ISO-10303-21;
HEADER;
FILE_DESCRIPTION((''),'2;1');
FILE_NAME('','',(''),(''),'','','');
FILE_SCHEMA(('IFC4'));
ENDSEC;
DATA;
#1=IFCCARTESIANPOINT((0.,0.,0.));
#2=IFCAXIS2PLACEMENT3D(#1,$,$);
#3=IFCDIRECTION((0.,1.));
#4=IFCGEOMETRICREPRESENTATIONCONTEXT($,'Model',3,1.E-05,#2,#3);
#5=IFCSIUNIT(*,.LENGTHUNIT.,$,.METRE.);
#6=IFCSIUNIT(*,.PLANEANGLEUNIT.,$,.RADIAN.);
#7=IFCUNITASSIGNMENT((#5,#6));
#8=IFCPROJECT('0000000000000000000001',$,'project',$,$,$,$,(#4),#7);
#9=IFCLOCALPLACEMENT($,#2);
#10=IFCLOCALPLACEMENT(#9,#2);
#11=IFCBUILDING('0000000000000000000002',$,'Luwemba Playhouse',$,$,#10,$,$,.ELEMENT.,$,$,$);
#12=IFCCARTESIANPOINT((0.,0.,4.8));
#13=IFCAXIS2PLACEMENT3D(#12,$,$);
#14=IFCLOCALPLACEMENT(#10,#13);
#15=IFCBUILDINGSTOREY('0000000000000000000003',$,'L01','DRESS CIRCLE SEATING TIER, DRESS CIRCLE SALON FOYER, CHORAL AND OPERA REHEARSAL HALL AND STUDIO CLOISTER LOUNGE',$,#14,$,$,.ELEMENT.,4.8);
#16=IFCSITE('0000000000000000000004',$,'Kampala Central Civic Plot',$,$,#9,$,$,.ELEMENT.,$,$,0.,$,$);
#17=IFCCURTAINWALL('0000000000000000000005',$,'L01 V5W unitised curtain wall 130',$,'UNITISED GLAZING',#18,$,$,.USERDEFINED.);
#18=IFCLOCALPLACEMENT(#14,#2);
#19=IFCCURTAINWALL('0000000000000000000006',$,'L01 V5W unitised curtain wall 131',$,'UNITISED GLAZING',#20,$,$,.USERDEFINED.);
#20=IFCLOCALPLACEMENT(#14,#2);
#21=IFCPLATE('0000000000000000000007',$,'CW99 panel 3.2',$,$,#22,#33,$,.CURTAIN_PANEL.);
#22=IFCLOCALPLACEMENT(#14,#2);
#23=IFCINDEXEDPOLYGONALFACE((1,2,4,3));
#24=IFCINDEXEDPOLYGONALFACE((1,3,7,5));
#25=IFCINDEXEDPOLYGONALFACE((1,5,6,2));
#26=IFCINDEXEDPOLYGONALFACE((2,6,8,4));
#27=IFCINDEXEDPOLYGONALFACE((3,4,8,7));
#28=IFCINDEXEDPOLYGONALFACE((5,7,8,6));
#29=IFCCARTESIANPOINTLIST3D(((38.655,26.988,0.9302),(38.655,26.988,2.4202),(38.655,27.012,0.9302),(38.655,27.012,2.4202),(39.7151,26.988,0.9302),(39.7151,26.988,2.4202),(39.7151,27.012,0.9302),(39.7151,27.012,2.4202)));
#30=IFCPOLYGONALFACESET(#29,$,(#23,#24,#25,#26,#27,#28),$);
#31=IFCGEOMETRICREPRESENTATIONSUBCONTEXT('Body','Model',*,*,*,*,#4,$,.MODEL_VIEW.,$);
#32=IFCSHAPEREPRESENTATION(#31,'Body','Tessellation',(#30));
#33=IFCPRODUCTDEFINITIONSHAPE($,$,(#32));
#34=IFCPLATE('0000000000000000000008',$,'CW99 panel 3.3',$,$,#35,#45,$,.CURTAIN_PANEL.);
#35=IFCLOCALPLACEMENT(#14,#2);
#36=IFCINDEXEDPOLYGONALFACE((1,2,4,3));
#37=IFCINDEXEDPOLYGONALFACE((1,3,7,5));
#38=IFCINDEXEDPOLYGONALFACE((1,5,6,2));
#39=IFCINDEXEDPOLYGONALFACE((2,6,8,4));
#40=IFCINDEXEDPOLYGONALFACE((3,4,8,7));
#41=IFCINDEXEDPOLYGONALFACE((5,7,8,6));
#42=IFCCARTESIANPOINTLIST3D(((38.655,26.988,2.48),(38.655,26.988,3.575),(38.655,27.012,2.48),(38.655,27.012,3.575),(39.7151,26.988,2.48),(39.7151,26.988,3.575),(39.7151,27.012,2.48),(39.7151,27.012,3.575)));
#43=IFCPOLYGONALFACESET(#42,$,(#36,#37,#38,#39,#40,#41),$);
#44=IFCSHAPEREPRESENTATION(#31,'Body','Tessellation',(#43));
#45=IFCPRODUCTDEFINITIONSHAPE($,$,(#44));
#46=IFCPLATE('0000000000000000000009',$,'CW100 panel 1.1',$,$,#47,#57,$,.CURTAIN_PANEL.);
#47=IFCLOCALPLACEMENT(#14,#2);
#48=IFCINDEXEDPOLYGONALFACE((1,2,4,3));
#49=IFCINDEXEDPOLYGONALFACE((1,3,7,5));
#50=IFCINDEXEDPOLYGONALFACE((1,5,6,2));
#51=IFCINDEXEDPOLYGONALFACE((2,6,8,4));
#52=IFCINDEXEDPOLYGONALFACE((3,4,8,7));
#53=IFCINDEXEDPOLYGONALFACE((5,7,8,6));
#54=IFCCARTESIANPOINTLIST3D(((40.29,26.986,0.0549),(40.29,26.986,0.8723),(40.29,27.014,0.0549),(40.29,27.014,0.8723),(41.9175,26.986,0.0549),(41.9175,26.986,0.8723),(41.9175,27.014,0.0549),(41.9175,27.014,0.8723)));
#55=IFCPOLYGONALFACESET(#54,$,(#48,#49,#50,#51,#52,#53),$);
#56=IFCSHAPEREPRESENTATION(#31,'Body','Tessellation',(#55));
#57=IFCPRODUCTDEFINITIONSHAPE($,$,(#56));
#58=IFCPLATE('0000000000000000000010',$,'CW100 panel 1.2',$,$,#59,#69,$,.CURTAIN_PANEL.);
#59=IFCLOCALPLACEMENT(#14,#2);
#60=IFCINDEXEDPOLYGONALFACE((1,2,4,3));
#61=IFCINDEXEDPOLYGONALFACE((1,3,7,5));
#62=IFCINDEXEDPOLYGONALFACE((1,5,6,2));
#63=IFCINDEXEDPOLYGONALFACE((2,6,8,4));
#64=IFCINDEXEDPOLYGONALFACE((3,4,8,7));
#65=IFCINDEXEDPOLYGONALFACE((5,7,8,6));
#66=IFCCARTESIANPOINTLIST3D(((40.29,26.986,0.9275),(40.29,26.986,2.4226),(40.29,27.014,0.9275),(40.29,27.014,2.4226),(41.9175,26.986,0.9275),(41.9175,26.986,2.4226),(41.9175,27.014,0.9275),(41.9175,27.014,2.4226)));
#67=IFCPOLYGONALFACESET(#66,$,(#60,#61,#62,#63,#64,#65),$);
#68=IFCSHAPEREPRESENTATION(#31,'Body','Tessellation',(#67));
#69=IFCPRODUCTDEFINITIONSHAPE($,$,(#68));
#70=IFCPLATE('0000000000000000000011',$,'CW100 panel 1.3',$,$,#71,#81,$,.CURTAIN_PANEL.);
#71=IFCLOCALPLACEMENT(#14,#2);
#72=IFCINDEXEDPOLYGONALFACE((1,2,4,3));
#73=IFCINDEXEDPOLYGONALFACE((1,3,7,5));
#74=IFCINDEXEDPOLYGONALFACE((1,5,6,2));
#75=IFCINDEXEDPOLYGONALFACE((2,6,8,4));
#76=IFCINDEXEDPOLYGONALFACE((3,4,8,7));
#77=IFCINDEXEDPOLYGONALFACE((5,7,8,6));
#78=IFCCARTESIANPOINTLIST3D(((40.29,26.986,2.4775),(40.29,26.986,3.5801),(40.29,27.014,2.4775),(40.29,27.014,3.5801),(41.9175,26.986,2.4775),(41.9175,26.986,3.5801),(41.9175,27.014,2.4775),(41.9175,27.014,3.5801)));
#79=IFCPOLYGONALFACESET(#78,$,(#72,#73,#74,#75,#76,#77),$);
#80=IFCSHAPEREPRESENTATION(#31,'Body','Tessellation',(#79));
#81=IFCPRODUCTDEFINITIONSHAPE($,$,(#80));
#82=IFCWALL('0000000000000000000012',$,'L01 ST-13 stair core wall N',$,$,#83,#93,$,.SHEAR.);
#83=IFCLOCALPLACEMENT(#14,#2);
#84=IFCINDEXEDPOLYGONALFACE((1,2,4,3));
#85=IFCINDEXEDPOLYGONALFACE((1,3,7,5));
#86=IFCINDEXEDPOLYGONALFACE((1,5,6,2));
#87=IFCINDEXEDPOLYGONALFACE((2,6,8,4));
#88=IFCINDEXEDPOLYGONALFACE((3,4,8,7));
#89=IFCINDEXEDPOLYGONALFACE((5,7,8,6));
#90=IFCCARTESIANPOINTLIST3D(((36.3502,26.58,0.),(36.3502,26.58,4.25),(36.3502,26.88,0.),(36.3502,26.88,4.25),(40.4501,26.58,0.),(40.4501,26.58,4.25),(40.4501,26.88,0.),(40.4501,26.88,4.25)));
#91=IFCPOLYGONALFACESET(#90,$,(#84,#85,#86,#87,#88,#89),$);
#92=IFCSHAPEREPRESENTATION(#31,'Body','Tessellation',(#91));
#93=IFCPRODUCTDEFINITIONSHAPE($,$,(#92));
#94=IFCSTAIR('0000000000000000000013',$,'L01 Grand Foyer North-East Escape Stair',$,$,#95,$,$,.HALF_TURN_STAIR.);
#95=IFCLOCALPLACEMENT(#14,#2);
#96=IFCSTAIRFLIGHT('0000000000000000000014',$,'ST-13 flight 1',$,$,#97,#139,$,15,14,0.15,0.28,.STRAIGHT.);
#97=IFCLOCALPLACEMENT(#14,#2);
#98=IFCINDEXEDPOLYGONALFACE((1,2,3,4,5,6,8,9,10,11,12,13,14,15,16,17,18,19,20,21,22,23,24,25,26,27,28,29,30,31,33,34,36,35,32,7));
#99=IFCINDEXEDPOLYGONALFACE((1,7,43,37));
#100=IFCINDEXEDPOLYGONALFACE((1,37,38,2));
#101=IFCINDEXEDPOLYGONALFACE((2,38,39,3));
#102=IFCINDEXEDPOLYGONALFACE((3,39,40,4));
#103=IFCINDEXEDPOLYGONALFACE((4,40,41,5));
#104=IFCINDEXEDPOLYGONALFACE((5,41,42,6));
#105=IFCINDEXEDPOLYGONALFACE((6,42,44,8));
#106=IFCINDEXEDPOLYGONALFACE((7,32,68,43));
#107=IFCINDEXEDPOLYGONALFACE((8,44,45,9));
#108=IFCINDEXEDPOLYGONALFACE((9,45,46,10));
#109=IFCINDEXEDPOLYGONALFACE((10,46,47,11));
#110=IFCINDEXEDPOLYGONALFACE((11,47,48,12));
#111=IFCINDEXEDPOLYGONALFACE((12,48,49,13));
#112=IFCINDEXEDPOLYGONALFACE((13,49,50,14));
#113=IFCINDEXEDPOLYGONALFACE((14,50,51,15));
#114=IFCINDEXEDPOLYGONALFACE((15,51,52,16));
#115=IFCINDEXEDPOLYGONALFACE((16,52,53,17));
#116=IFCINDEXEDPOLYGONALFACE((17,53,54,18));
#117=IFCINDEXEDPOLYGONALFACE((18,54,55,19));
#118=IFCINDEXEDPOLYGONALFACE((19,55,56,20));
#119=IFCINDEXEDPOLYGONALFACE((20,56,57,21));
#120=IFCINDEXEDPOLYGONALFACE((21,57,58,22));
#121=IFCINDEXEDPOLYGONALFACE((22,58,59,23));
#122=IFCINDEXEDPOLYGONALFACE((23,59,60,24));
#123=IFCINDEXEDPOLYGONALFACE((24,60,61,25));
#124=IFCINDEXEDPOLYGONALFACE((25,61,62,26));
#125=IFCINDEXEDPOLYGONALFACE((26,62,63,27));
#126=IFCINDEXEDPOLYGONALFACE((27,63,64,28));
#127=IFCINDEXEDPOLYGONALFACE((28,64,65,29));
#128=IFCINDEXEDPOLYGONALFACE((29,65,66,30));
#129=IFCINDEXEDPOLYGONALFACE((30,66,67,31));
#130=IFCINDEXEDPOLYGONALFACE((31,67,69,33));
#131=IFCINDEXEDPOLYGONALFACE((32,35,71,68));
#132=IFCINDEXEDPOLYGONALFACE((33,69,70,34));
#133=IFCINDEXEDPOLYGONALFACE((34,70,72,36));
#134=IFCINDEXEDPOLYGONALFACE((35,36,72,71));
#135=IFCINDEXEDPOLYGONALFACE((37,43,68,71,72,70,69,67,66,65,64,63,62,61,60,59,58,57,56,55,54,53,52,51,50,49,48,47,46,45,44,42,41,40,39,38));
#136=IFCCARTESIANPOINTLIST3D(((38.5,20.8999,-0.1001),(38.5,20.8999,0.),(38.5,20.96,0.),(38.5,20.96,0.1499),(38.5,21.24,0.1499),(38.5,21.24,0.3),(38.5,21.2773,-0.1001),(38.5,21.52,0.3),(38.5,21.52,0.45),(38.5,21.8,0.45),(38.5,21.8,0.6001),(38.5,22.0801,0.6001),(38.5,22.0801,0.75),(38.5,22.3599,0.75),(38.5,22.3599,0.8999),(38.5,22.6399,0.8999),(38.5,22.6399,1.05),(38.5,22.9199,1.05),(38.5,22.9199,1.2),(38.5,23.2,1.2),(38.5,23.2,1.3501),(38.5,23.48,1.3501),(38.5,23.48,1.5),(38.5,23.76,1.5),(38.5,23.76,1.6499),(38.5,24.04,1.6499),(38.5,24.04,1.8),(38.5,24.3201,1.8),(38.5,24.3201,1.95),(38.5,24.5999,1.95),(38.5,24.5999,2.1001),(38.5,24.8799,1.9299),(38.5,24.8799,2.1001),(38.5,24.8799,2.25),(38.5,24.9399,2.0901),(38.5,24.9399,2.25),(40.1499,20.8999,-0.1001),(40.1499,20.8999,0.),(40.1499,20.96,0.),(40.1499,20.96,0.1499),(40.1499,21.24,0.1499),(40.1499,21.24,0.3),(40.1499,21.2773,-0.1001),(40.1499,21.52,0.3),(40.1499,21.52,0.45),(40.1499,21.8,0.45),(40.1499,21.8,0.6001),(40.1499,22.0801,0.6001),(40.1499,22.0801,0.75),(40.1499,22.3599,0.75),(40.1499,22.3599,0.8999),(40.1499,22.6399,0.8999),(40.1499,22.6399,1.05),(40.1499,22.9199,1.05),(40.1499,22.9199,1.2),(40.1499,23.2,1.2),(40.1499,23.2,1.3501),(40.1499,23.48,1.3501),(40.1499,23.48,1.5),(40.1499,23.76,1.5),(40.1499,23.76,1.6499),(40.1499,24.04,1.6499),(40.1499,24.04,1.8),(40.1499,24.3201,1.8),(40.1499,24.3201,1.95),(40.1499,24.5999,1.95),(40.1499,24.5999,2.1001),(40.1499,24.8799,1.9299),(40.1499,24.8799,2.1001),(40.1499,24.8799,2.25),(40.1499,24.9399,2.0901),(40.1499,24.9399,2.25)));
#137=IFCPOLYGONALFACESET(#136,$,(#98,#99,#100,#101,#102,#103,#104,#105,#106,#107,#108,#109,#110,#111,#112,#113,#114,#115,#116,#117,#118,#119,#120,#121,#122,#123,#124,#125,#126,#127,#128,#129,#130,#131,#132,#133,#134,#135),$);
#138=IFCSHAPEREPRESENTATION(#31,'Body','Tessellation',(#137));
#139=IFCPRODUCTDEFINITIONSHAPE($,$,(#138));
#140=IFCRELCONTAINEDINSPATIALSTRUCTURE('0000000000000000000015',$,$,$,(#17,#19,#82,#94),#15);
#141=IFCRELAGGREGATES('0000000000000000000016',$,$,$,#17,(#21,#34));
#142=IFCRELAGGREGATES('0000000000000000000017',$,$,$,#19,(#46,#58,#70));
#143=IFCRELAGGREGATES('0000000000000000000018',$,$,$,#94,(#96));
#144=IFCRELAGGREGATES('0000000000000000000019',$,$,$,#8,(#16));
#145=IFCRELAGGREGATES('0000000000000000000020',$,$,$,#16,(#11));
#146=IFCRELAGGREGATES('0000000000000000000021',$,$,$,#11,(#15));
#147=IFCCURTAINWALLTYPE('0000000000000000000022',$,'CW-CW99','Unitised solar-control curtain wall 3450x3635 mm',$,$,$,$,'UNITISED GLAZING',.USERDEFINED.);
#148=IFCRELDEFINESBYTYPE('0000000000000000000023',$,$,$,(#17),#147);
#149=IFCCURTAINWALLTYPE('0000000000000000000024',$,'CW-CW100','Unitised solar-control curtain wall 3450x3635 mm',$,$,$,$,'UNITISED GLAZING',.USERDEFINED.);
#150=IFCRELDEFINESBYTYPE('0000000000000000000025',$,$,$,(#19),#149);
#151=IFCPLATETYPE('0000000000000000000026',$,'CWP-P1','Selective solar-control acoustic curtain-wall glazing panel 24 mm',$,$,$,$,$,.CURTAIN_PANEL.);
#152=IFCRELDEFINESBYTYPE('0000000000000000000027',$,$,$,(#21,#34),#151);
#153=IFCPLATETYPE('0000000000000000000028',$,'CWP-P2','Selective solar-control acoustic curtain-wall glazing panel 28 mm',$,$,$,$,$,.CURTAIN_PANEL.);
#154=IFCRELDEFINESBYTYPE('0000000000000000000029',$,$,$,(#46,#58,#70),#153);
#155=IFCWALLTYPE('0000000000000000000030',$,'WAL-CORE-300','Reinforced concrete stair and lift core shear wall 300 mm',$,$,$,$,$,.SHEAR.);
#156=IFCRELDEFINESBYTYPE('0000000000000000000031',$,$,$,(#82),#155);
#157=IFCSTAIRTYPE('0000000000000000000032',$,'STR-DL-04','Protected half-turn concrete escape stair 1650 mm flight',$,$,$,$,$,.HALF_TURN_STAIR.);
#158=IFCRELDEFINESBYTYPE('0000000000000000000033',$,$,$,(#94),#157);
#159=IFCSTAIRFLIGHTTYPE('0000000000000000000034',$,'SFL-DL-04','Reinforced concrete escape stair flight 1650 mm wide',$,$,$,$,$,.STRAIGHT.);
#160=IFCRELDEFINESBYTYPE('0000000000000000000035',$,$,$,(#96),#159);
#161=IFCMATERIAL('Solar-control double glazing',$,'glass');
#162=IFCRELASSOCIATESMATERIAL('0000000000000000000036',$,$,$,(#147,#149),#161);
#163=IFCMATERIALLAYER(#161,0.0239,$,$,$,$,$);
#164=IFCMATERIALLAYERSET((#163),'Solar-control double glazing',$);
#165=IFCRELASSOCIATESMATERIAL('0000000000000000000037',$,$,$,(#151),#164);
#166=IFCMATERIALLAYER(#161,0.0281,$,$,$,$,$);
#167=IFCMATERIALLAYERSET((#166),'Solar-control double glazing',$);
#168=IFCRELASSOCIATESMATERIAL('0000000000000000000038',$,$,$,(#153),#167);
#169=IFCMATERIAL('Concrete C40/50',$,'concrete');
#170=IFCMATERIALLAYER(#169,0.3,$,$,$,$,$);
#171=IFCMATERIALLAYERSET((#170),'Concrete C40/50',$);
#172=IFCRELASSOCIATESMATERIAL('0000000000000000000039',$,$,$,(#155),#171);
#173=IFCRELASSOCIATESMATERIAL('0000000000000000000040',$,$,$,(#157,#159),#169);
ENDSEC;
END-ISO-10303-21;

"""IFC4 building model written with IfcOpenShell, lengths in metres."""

from ifc_helpers import new_model, si_unit, direction, frame, frame_2d, origin, origin_2d, place, context, subcontext, project, spatial, polyline, rectangle, outline, extrude, material, layer, layer_set, type_object, element, aggregate, save


model = new_model("IFC4")

# Units and contexts
model_context = context("Model", 3, precision=1e-05, world=origin(), true_north=direction((0.0, 1.0)))
body_context = subcontext(model_context, "Body", "Model", "MODEL_VIEW")
ifc_project = project(units=[si_unit("LENGTHUNIT", "METRE"), si_unit("PLANEANGLEUNIT", "RADIAN")], contexts=[model_context])

# Site, building, storey
site_placement = place(None, origin())
site = spatial("IfcSite", under=ifc_project, at=site_placement, Name="Kampala Central Civic Plot", CompositionType="ELEMENT", RefElevation=0.0)
building_placement = place(site_placement, origin())
building = spatial("IfcBuilding", under=site, at=building_placement, Name="Luwemba Playhouse", CompositionType="ELEMENT")
storey_placement = place(building_placement, frame((0.0, 0.0, 4.8)))
storey = spatial("IfcBuildingStorey", under=building, at=storey_placement, Name="L01", Description="DRESS CIRCLE SEATING TIER, DRESS CIRCLE SALON FOYER, CHORAL AND OPERA REHEARSAL HALL AND STUDIO CLOISTER LOUNGE", CompositionType="ELEMENT", Elevation=4.8)

# Shared definitions
ifc_material_1 = material(Name="Concrete C40/50", Category="concrete")

# Curtain walls
ifc_material_2 = material(Name="Solar-control double glazing", Category="glass")
curtain_wall_type_1 = type_object("IfcCurtainWallType", Name="CW-CW99", Description="Unitised solar-control curtain wall 3450x3635 mm", ElementType="UNITISED GLAZING", PredefinedType="USERDEFINED", material=ifc_material_2)
curtain_wall_1_placement = place(storey_placement, origin())
curtain_wall_1 = element("IfcCurtainWall", 1, at=curtain_wall_1_placement, inside=storey, type_object=curtain_wall_type_1, Name="L01 V5W unitised curtain wall 130", ObjectType="UNITISED GLAZING", PredefinedType="USERDEFINED")
curtain_wall_type_2 = type_object("IfcCurtainWallType", Name="CW-CW100", Description="Unitised solar-control curtain wall 3450x3635 mm", ElementType="UNITISED GLAZING", PredefinedType="USERDEFINED", material=ifc_material_2)
curtain_wall_2_placement = place(storey_placement, origin())
curtain_wall_2 = element("IfcCurtainWall", 2, at=curtain_wall_2_placement, inside=storey, type_object=curtain_wall_type_2, Name="L01 V5W unitised curtain wall 131", ObjectType="UNITISED GLAZING", PredefinedType="USERDEFINED")

# Plates
ifc_layer_1 = layer(ifc_material_2, 0.0239)
ifc_layer_set_1 = layer_set([ifc_layer_1], Name="Solar-control double glazing")
plate_type_1 = type_object("IfcPlateType", Name="CWP-P1", Description="Selective solar-control acoustic curtain-wall glazing panel 24 mm", PredefinedType="CURTAIN_PANEL", material=ifc_layer_set_1)
plate_1_placement = place(storey_placement, frame((39.1851, 27.0, 0.9302), z_axis=(0.0, 0.0, 1.0), x_axis=(1.0, 0.0, 0.0)))
plate_1 = element("IfcPlate", 3, at=plate_1_placement, type_object=plate_type_1, Name="CW99 panel 3.2", PredefinedType="CURTAIN_PANEL", context=body_context, shape_type="SweptSolid", body=[
    extrude(rectangle(XDim=1.0601, YDim=0.0239, at=origin_2d()), origin(), (0.0, 0.0, 1.0), 1.49),
])
plate_2_placement = place(storey_placement, frame((39.1851, 27.0, 2.48), z_axis=(0.0, 0.0, 1.0), x_axis=(1.0, 0.0, 0.0)))
plate_2 = element("IfcPlate", 4, at=plate_2_placement, type_object=plate_type_1, Name="CW99 panel 3.3", PredefinedType="CURTAIN_PANEL", context=body_context, shape_type="SweptSolid", body=[
    extrude(rectangle(XDim=1.0601, YDim=0.0239, at=origin_2d()), origin(), (0.0, 0.0, 1.0), 1.095),
])
aggregate(curtain_wall_1, [plate_1, plate_2])
ifc_layer_2 = layer(ifc_material_2, 0.0281)
ifc_layer_set_2 = layer_set([ifc_layer_2], Name="Solar-control double glazing")
plate_type_2 = type_object("IfcPlateType", Name="CWP-P2", Description="Selective solar-control acoustic curtain-wall glazing panel 28 mm", PredefinedType="CURTAIN_PANEL", material=ifc_layer_set_2)
plate_3_placement = place(storey_placement, frame((41.1038, 27.0, 0.0549), z_axis=(0.0, 0.0, 1.0), x_axis=(1.0, 0.0, 0.0)))
plate_3 = element("IfcPlate", 5, at=plate_3_placement, type_object=plate_type_2, Name="CW100 panel 1.1", PredefinedType="CURTAIN_PANEL", context=body_context, shape_type="SweptSolid", body=[
    extrude(rectangle(XDim=1.6274, YDim=0.0281, at=origin_2d()), origin(), (0.0, 0.0, 1.0), 0.8174),
])
plate_4_placement = place(storey_placement, frame((41.1038, 27.0, 0.9275), z_axis=(0.0, 0.0, 1.0), x_axis=(1.0, 0.0, 0.0)))
plate_4 = element("IfcPlate", 6, at=plate_4_placement, type_object=plate_type_2, Name="CW100 panel 1.2", PredefinedType="CURTAIN_PANEL", context=body_context, shape_type="SweptSolid", body=[
    extrude(rectangle(XDim=1.6274, YDim=0.0281, at=origin_2d()), origin(), (0.0, 0.0, 1.0), 1.4951),
])
plate_5_placement = place(storey_placement, frame((41.1038, 27.0, 2.4775), z_axis=(0.0, 0.0, 1.0), x_axis=(1.0, 0.0, 0.0)))
plate_5 = element("IfcPlate", 7, at=plate_5_placement, type_object=plate_type_2, Name="CW100 panel 1.3", PredefinedType="CURTAIN_PANEL", context=body_context, shape_type="SweptSolid", body=[
    extrude(rectangle(XDim=1.6274, YDim=0.0281, at=origin_2d()), origin(), (0.0, 0.0, 1.0), 1.1025),
])
aggregate(curtain_wall_2, [plate_3, plate_4, plate_5])

# Wall
ifc_layer_3 = layer(ifc_material_1, 0.3)
ifc_layer_set_3 = layer_set([ifc_layer_3], Name="Concrete C40/50")
wall_type = type_object("IfcWallType", Name="WAL-CORE-300", Description="Reinforced concrete stair and lift core shear wall 300 mm", PredefinedType="SHEAR", material=ifc_layer_set_3)
wall_placement = place(storey_placement, frame((40.45, 26.73, 0.0), z_axis=(0.0, 0.0, 1.0), x_axis=(-1.0, 0.0, 0.0)))
element("IfcWall", 8, at=wall_placement, inside=storey, type_object=wall_type, Name="L01 ST-13 stair core wall N", PredefinedType="SHEAR", context=body_context, shape_type="SweptSolid", body=[
    extrude(rectangle(XDim=4.0999, YDim=0.3, at=frame_2d((2.0498, 0.0))), origin(), (0.0, 0.0, 1.0), 4.25),
])

# Stair, stair flight
stair_type = type_object("IfcStairType", Name="STR-DL-04", Description="Protected half-turn concrete escape stair 1650 mm flight", PredefinedType="HALF_TURN_STAIR", material=ifc_material_1)
stair_placement = place(storey_placement, origin())
stair = element("IfcStair", 9, at=stair_placement, inside=storey, type_object=stair_type, Name="L01 Grand Foyer North-East Escape Stair", PredefinedType="HALF_TURN_STAIR")
stair_flight_type = type_object("IfcStairFlightType", Name="SFL-DL-04", Description="Reinforced concrete escape stair flight 1650 mm wide", PredefinedType="STRAIGHT", material=ifc_material_1)
stair_flight_placement = place(storey_placement, frame((39.325, 20.96, 0.0), z_axis=(0.0, 0.0, 1.0), x_axis=(0.0, 1.0, 0.0)))
stair_flight = element("IfcStairFlight", 10, at=stair_flight_placement, type_object=stair_flight_type, Name="ST-13 flight 1", NumberOfRisers=15, NumberOfTreads=14, PredefinedType="STRAIGHT", RiserHeight=0.15, TreadLength=0.28, context=body_context, shape_type="SweptSolid", body=[
    extrude(outline(polyline([(-0.0601, -0.1001), (-0.0601, 0.0), (0.0, 0.0), (0.0, 0.1499), (0.28, 0.1499), (0.28, 0.3), (0.5601, 0.3), (0.5601, 0.45), (0.8401, 0.45), (0.8401, 0.6001), (1.1201, 0.6001), (1.1201, 0.75), (1.3999, 0.75), (1.3999, 0.8999), (1.6799, 0.8999), (1.6799, 1.05), (1.96, 1.05), (1.96, 1.2), (2.24, 1.2), (2.24, 1.3501), (2.52, 1.3501), (2.52, 1.5), (2.8, 1.5), (2.8, 1.6499), (3.0801, 1.6499), (3.0801, 1.8), (3.3601, 1.8), (3.3601, 1.95), (3.6399, 1.95), (3.6399, 2.1001), (3.9199, 2.1001), (3.9199, 2.25), (3.98, 2.25), (3.98, 2.0901), (3.9199, 1.9299), (0.3174, -0.1001), (-0.0601, -0.1001)])), frame((0.0, 0.825, 0.0), z_axis=(0.0, -1.0, 0.0), x_axis=(1.0, 0.0, 0.0)), (0.0, 0.0, 1.0), 1.6499),
])
aggregate(stair, [stair_flight])

save(model, "model.ifc")
